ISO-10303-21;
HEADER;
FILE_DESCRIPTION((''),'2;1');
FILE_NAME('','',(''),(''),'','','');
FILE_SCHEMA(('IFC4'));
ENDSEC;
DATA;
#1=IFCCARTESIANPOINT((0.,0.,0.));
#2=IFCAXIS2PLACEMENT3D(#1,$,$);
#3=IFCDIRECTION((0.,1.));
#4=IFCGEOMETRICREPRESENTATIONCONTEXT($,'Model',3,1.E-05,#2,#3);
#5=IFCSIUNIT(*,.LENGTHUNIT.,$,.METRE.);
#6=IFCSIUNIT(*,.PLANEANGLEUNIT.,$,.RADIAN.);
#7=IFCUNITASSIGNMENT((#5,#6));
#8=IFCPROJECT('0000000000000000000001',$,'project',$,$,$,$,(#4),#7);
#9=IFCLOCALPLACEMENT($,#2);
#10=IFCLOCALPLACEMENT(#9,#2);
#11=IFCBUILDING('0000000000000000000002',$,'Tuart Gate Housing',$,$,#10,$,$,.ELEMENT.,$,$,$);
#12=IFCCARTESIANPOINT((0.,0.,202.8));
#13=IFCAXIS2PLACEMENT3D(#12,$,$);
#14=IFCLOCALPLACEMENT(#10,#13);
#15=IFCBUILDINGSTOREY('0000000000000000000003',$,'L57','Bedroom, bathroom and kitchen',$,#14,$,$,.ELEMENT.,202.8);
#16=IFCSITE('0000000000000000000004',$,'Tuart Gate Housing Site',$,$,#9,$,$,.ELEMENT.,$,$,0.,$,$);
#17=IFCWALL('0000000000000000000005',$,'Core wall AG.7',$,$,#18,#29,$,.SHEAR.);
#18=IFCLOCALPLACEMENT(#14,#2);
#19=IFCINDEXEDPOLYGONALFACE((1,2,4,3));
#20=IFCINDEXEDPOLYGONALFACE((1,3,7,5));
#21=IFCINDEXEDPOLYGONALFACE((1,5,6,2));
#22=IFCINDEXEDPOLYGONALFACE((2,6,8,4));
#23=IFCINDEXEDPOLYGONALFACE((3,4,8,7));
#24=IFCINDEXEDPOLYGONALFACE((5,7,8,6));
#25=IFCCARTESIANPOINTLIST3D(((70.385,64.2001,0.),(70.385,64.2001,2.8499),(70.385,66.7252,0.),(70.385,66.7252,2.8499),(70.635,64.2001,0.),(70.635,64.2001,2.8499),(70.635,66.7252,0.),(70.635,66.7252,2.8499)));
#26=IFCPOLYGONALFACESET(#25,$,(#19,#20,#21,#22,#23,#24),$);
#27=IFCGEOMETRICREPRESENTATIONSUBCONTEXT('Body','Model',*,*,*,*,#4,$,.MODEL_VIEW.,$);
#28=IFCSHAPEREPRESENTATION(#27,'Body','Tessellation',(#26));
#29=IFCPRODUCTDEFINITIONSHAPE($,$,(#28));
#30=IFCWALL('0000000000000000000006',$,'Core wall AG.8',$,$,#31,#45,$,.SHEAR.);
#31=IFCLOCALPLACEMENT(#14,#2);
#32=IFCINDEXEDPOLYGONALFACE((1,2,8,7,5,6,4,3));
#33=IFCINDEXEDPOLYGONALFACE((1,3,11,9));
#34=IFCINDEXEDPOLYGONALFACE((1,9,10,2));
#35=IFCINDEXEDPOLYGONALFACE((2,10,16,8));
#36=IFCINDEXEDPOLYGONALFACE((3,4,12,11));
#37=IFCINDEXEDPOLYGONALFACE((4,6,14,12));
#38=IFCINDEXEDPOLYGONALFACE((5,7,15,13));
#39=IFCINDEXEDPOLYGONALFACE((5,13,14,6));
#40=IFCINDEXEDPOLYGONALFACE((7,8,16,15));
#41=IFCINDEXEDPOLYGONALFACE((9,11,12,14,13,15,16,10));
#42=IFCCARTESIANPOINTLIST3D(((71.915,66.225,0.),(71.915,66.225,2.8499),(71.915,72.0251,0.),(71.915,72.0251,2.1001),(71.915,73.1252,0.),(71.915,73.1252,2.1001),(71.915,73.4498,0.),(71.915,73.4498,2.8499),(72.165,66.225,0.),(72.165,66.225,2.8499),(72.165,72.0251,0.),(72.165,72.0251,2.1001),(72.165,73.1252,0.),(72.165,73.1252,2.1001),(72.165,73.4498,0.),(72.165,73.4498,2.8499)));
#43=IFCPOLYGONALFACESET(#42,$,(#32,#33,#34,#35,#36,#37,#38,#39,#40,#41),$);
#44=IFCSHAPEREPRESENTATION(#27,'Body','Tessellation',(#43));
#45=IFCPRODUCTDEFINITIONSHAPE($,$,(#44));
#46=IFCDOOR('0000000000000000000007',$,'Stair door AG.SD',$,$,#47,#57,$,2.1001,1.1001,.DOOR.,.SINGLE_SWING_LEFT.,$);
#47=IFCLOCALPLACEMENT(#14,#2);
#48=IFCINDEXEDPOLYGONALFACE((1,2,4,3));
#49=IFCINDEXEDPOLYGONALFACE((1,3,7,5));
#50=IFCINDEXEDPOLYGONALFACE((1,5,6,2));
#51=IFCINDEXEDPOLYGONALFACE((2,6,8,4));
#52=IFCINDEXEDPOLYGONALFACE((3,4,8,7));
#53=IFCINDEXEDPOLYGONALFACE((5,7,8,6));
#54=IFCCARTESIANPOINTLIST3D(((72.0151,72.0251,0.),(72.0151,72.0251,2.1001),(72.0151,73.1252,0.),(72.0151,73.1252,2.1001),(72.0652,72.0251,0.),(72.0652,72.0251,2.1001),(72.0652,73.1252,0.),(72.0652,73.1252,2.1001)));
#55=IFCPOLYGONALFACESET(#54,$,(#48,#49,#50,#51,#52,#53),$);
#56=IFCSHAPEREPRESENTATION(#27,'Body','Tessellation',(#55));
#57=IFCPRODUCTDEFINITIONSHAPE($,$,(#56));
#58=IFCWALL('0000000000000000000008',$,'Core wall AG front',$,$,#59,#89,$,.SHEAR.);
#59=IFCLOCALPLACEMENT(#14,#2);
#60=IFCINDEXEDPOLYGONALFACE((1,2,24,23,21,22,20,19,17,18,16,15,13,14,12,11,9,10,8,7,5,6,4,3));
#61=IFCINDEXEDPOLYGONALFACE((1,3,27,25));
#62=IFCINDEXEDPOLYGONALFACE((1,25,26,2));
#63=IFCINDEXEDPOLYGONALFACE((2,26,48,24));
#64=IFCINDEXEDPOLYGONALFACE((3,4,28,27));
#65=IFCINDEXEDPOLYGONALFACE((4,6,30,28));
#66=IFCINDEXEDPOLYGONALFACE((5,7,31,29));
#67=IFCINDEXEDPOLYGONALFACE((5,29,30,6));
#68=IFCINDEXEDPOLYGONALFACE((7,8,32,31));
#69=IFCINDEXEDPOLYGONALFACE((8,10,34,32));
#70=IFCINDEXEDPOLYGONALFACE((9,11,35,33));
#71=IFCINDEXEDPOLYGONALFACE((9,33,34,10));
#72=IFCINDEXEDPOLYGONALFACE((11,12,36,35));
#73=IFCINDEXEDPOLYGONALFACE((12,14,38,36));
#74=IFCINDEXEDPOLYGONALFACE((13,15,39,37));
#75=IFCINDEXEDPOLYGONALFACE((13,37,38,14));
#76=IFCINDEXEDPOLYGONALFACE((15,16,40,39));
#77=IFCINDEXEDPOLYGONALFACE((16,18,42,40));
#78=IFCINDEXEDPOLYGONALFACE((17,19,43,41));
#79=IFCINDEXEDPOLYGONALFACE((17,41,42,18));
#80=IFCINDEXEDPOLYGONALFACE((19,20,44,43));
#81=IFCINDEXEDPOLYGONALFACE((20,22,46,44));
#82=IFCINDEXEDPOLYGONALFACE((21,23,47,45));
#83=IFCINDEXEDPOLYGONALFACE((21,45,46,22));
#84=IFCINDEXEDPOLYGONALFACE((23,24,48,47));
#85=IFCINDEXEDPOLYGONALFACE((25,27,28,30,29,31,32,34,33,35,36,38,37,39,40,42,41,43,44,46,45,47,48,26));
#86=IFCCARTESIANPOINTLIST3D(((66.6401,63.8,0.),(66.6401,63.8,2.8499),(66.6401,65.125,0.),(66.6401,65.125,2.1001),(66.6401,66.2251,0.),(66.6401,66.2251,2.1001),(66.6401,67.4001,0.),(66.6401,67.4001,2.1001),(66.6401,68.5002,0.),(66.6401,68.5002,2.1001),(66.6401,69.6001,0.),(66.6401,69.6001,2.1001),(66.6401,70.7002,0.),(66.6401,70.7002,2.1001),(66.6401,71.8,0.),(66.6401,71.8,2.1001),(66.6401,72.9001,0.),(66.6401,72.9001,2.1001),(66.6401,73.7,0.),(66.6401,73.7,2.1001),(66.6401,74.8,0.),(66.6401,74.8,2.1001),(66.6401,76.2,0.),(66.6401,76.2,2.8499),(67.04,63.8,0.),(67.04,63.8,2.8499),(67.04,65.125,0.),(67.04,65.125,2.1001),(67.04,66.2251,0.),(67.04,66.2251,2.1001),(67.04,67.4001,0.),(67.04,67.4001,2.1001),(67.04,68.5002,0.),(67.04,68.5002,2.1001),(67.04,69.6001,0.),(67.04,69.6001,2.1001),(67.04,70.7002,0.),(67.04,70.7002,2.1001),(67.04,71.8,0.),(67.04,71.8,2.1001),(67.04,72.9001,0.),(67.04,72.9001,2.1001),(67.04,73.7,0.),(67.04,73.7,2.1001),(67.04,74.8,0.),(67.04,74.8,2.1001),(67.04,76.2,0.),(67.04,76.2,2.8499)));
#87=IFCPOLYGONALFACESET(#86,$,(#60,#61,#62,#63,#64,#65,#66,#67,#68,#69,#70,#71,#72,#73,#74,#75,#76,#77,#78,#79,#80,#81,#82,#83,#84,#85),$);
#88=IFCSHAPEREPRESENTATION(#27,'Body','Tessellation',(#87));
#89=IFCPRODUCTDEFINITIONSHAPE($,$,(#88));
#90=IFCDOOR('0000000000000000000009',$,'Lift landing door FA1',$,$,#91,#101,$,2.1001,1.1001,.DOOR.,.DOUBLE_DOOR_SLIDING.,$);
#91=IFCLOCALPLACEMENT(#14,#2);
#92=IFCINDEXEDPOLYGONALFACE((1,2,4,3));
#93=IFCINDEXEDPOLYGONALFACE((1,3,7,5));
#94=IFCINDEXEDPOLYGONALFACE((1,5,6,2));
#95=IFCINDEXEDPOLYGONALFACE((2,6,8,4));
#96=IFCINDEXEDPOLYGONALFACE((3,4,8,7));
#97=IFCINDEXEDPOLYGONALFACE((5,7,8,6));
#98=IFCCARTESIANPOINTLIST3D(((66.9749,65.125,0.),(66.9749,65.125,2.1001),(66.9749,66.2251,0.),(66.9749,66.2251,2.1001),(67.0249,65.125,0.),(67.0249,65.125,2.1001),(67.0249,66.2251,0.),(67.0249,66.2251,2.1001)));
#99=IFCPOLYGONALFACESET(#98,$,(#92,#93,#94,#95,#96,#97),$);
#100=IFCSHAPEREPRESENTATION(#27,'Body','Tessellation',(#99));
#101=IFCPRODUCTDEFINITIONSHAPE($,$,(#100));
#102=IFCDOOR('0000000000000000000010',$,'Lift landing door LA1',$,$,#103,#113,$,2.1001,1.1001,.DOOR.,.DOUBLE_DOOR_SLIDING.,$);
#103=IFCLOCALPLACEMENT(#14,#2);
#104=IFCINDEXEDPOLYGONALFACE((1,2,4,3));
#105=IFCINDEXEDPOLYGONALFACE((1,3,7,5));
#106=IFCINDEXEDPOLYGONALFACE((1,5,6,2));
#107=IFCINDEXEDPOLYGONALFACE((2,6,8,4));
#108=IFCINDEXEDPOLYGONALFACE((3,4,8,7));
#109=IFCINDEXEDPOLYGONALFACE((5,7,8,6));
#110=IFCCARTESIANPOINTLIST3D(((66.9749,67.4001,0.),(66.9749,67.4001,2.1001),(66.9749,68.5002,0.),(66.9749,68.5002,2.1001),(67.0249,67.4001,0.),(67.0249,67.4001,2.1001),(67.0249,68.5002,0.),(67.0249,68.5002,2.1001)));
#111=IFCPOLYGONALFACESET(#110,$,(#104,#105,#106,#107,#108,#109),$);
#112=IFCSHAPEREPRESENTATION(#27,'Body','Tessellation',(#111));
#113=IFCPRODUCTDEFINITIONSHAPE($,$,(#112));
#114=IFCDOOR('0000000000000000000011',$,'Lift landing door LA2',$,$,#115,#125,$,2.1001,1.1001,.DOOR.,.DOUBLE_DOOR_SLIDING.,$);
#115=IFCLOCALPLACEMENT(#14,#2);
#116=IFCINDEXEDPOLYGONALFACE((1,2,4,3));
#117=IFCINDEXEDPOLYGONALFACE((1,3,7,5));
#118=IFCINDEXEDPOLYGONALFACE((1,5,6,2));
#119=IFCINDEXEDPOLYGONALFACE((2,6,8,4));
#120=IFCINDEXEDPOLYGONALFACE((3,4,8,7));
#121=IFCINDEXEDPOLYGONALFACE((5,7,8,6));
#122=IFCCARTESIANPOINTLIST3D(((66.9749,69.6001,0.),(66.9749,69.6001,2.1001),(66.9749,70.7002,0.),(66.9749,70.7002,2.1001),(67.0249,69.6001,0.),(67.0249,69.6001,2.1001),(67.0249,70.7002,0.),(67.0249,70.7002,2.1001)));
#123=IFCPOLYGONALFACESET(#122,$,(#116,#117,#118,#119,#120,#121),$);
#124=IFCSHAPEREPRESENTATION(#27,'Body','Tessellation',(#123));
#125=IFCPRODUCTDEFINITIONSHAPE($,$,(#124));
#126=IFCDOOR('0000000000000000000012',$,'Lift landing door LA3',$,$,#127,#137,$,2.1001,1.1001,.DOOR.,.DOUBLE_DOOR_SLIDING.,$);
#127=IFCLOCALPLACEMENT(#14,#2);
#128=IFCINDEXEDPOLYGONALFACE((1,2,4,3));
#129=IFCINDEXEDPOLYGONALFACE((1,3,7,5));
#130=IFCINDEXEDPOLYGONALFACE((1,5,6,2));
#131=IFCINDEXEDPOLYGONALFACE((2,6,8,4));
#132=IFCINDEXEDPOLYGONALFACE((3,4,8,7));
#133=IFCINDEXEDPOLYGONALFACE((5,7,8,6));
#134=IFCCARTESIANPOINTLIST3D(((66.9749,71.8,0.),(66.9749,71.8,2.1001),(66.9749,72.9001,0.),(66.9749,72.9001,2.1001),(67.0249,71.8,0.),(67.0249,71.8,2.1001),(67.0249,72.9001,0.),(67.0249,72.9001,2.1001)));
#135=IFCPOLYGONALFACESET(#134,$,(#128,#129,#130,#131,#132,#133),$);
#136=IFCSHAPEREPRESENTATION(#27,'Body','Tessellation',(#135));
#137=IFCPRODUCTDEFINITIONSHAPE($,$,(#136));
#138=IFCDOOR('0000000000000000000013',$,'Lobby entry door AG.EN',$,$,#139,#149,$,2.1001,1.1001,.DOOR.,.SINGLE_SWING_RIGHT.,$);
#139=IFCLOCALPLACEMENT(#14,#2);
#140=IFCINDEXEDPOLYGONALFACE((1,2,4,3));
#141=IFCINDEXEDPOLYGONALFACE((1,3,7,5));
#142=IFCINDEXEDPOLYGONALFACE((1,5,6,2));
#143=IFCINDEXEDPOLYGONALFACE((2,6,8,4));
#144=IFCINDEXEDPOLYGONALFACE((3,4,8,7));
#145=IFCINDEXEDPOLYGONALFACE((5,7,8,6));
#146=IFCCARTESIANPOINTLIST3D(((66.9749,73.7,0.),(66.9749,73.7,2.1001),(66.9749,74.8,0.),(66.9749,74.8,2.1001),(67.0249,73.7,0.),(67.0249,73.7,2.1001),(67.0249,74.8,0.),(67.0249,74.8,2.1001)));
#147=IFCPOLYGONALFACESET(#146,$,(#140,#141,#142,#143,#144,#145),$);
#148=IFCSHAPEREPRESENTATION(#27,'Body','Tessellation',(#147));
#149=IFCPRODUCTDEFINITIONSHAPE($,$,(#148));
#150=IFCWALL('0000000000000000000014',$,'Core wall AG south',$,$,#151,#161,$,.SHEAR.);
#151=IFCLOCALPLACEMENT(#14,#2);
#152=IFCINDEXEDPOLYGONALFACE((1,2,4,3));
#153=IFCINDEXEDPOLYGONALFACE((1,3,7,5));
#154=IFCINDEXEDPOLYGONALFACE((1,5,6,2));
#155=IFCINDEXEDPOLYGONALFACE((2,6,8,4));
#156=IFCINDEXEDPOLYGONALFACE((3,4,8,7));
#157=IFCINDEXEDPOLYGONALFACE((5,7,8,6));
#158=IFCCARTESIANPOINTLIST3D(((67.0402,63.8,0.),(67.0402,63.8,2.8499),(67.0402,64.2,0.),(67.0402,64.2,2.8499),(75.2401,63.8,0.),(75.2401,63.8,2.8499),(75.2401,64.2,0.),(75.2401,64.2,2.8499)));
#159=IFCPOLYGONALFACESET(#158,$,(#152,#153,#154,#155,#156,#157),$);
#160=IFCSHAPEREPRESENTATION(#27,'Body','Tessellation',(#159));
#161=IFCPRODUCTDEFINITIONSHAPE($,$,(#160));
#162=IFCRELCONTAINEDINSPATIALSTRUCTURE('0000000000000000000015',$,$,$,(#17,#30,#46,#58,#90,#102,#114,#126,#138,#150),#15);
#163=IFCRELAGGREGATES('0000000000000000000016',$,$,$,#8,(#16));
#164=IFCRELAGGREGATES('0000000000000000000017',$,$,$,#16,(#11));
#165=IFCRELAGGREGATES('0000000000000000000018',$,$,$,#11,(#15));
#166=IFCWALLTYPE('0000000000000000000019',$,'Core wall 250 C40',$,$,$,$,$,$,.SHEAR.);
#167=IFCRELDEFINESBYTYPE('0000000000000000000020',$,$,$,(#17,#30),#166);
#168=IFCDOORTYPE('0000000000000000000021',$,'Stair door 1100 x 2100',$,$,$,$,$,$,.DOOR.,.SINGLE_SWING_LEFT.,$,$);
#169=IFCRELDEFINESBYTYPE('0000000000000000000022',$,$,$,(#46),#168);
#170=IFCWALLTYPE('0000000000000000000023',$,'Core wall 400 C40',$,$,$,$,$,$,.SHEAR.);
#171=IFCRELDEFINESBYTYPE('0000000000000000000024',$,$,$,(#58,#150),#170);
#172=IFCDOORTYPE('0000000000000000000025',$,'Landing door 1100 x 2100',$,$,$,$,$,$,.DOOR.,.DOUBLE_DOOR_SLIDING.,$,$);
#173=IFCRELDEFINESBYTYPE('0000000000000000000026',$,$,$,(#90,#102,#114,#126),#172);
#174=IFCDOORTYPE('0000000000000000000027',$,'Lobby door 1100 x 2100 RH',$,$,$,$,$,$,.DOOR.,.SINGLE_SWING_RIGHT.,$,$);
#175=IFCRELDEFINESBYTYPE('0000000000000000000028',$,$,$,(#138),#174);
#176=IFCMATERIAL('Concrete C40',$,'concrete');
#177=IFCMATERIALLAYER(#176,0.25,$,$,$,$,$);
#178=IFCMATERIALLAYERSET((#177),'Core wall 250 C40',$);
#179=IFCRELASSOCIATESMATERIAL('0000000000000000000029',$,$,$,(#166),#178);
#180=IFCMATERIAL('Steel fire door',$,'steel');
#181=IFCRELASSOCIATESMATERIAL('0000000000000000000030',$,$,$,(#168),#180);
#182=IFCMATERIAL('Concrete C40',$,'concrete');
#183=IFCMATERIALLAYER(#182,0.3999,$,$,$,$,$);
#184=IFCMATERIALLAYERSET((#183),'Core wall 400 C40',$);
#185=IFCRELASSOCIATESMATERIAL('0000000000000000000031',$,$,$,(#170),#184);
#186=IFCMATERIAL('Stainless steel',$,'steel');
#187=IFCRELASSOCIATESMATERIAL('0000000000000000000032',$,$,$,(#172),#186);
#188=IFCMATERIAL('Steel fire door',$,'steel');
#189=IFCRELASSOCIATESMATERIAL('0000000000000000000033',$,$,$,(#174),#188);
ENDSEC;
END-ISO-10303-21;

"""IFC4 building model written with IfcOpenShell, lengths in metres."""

from ifc_helpers import new_model, si_unit, direction, frame, frame_2d, origin, place, context, subcontext, project, spatial, rectangle, extrude, material, layer, layer_set, type_object, element, fill, save


model = new_model("IFC4")

# Units and contexts
model_context = context("Model", 3, precision=1e-05, world=origin(), true_north=direction((0.0, 1.0)))
body_context = subcontext(model_context, "Body", "Model", "MODEL_VIEW")
ifc_project = project(units=[si_unit("LENGTHUNIT", "METRE"), si_unit("PLANEANGLEUNIT", "RADIAN")], contexts=[model_context])

# Site, building, storey
site_placement = place(None, origin())
site = spatial("IfcSite", under=ifc_project, at=site_placement, Name="Tuart Gate Housing Site", CompositionType="ELEMENT", RefElevation=0.0)
building_placement = place(site_placement, origin())
building = spatial("IfcBuilding", under=site, at=building_placement, Name="Tuart Gate Housing", CompositionType="ELEMENT")
storey_placement = place(building_placement, frame((0.0, 0.0, 202.8)))
storey = spatial("IfcBuildingStorey", under=building, at=storey_placement, Name="L57", Description="Bedroom, bathroom and kitchen", CompositionType="ELEMENT", Elevation=202.8)

# Wall
ifc_material_1 = material(Name="Concrete C40", Category="concrete")
ifc_layer_1 = layer(ifc_material_1, 0.25)
ifc_layer_set_1 = layer_set([ifc_layer_1], Name="Core wall 250 C40")
wall_type_1 = type_object("IfcWallType", Name="Core wall 250 C40", PredefinedType="SHEAR", material=ifc_layer_set_1)
wall_1_placement = place(storey_placement, frame((70.51, 64.2, 0.0), z_axis=(0.0, 0.0, 1.0), x_axis=(0.0, 1.0, 0.0)))
element("IfcWall", 1, at=wall_1_placement, inside=storey, type_object=wall_type_1, Name="Core wall AG.7", PredefinedType="SHEAR", context=body_context, shape_type="SweptSolid", body=[
    extrude(rectangle(XDim=2.5251, YDim=0.25, at=frame_2d((1.2627, 0.0))), origin(), (0.0, 0.0, 1.0), 2.8499),
])

# Wall, opening, door
wall_2_placement = place(storey_placement, frame((72.04, 66.2251, 0.0), z_axis=(0.0, 0.0, 1.0), x_axis=(0.0, 1.0, 0.0)))
wall_2 = element("IfcWall", 2, at=wall_2_placement, inside=storey, type_object=wall_type_1, Name="Core wall AG.8", PredefinedType="SHEAR", context=body_context, shape_type="SweptSolid", body=[
    extrude(rectangle(XDim=7.2249, YDim=0.25, at=frame_2d((3.6123, 0.0))), origin(), (0.0, 0.0, 1.0), 2.8499),
])
opening_1_placement = place(wall_2_placement, frame((5.8, 0.0, 0.0)))
opening_1 = element("IfcOpeningElement", 3, at=opening_1_placement, cuts=wall_2, PredefinedType="OPENING", context=body_context, shape_type="SweptSolid", body=[
    extrude(rectangle(XDim=1.1001, YDim=2.1001, at=frame_2d((0.55, 1.05))), frame((0.0, 0.135, 0.0), z_axis=(0.0, -1.0, 0.0), x_axis=(1.0, 0.0, 0.0)), (0.0, 0.0, 1.0), 0.27),
])
ifc_material_2 = material(Name="Steel fire door", Category="steel")
door_type_1 = type_object("IfcDoorType", Name="Stair door 1100 x 2100", OperationType="SINGLE_SWING_LEFT", PredefinedType="DOOR", material=ifc_material_2)
door_1_placement = place(opening_1_placement, frame((1.1001, 0.0, 0.0), z_axis=(0.0, 0.0, 1.0), x_axis=(-1.0, 0.0, 0.0)))
door_1 = element("IfcDoor", 4, at=door_1_placement, inside=storey, type_object=door_type_1, Name="Stair door AG.SD", OperationType="SINGLE_SWING_LEFT", OverallHeight=2.1001, OverallWidth=1.1001, PredefinedType="DOOR", context=body_context, shape_type="SweptSolid", body=[
    extrude(rectangle(XDim=1.1001, YDim=2.1001, at=frame_2d((0.55, 1.05))), frame((0.0, 0.0251, 0.0), z_axis=(0.0, -1.0, 0.0), x_axis=(1.0, 0.0, 0.0)), (0.0, 0.0, 1.0), 0.05),
])
fill(opening_1, door_1)

# Wall, openings, doors
ifc_material_3 = material(Name="Concrete C40", Category="concrete")
ifc_layer_2 = layer(ifc_material_3, 0.3999)
ifc_layer_set_2 = layer_set([ifc_layer_2], Name="Core wall 400 C40")
wall_type_2 = type_object("IfcWallType", Name="Core wall 400 C40", PredefinedType="SHEAR", material=ifc_layer_set_2)
wall_3_placement = place(storey_placement, frame((66.8401, 63.8, 0.0), z_axis=(0.0, 0.0, 1.0), x_axis=(0.0, 1.0, 0.0)))
wall_3 = element("IfcWall", 5, at=wall_3_placement, inside=storey, type_object=wall_type_2, Name="Core wall AG front", PredefinedType="SHEAR", context=body_context, shape_type="SweptSolid", body=[
    extrude(rectangle(XDim=12.3999, YDim=0.3999, at=frame_2d((6.2, 0.0))), origin(), (0.0, 0.0, 1.0), 2.8499),
])
opening_2_placement = place(wall_3_placement, frame((1.325, 0.0, 0.0)))
opening_2 = element("IfcOpeningElement", 6, at=opening_2_placement, cuts=wall_3, PredefinedType="OPENING", context=body_context, shape_type="SweptSolid", body=[
    extrude(rectangle(XDim=1.1001, YDim=2.1001, at=frame_2d((0.55, 1.05))), frame((0.0, 0.21, 0.0), z_axis=(0.0, -1.0, 0.0), x_axis=(1.0, 0.0, 0.0)), (0.0, 0.0, 1.0), 0.4199),
])
opening_3_placement = place(wall_3_placement, frame((3.6001, 0.0, 0.0)))
opening_3 = element("IfcOpeningElement", 7, at=opening_3_placement, cuts=wall_3, PredefinedType="OPENING", context=body_context, shape_type="SweptSolid", body=[
    extrude(rectangle(XDim=1.1001, YDim=2.1001, at=frame_2d((0.55, 1.05))), frame((0.0, 0.21, 0.0), z_axis=(0.0, -1.0, 0.0), x_axis=(1.0, 0.0, 0.0)), (0.0, 0.0, 1.0), 0.4199),
])
opening_4_placement = place(wall_3_placement, frame((5.8, 0.0, 0.0)))
opening_4 = element("IfcOpeningElement", 8, at=opening_4_placement, cuts=wall_3, PredefinedType="OPENING", context=body_context, shape_type="SweptSolid", body=[
    extrude(rectangle(XDim=1.1001, YDim=2.1001, at=frame_2d((0.55, 1.05))), frame((0.0, 0.21, 0.0), z_axis=(0.0, -1.0, 0.0), x_axis=(1.0, 0.0, 0.0)), (0.0, 0.0, 1.0), 0.4199),
])
opening_5_placement = place(wall_3_placement, frame((8.0, 0.0, 0.0)))
opening_5 = element("IfcOpeningElement", 9, at=opening_5_placement, cuts=wall_3, PredefinedType="OPENING", context=body_context, shape_type="SweptSolid", body=[
    extrude(rectangle(XDim=1.1001, YDim=2.1001, at=frame_2d((0.55, 1.05))), frame((0.0, 0.21, 0.0), z_axis=(0.0, -1.0, 0.0), x_axis=(1.0, 0.0, 0.0)), (0.0, 0.0, 1.0), 0.4199),
])
opening_6_placement = place(wall_3_placement, frame((9.8999, 0.0, 0.0)))
opening_6 = element("IfcOpeningElement", 10, at=opening_6_placement, cuts=wall_3, PredefinedType="OPENING", context=body_context, shape_type="SweptSolid", body=[
    extrude(rectangle(XDim=1.1001, YDim=2.1001, at=frame_2d((0.55, 1.05))), frame((0.0, 0.21, 0.0), z_axis=(0.0, -1.0, 0.0), x_axis=(1.0, 0.0, 0.0)), (0.0, 0.0, 1.0), 0.4199),
])
ifc_material_4 = material(Name="Stainless steel", Category="steel")
door_type_2 = type_object("IfcDoorType", Name="Landing door 1100 x 2100", OperationType="DOUBLE_DOOR_SLIDING", PredefinedType="DOOR", material=ifc_material_4)
door_2_placement = place(opening_2_placement, origin())
door_2 = element("IfcDoor", 11, at=door_2_placement, inside=storey, type_object=door_type_2, Name="Lift landing door FA1", OperationType="DOUBLE_DOOR_SLIDING", OverallHeight=2.1001, OverallWidth=1.1001, PredefinedType="DOOR", context=body_context, shape_type="SweptSolid", body=[
    extrude(rectangle(XDim=1.1001, YDim=2.1001, at=frame_2d((0.55, 1.05))), frame((0.0, -0.1348, 0.0), z_axis=(0.0, -1.0, 0.0), x_axis=(1.0, 0.0, 0.0)), (0.0, 0.0, 1.0), 0.05),
])
fill(opening_2, door_2)
door_3_placement = place(opening_3_placement, origin())
door_3 = element("IfcDoor", 12, at=door_3_placement, inside=storey, type_object=door_type_2, Name="Lift landing door LA1", OperationType="DOUBLE_DOOR_SLIDING", OverallHeight=2.1001, OverallWidth=1.1001, PredefinedType="DOOR", context=body_context, shape_type="SweptSolid", body=[
    extrude(rectangle(XDim=1.1001, YDim=2.1001, at=frame_2d((0.55, 1.05))), frame((0.0, -0.1348, 0.0), z_axis=(0.0, -1.0, 0.0), x_axis=(1.0, 0.0, 0.0)), (0.0, 0.0, 1.0), 0.05),
])
fill(opening_3, door_3)
door_4_placement = place(opening_4_placement, origin())
door_4 = element("IfcDoor", 13, at=door_4_placement, inside=storey, type_object=door_type_2, Name="Lift landing door LA2", OperationType="DOUBLE_DOOR_SLIDING", OverallHeight=2.1001, OverallWidth=1.1001, PredefinedType="DOOR", context=body_context, shape_type="SweptSolid", body=[
    extrude(rectangle(XDim=1.1001, YDim=2.1001, at=frame_2d((0.55, 1.05))), frame((0.0, -0.1348, 0.0), z_axis=(0.0, -1.0, 0.0), x_axis=(1.0, 0.0, 0.0)), (0.0, 0.0, 1.0), 0.05),
])
fill(opening_4, door_4)
door_5_placement = place(opening_5_placement, origin())
door_5 = element("IfcDoor", 14, at=door_5_placement, inside=storey, type_object=door_type_2, Name="Lift landing door LA3", OperationType="DOUBLE_DOOR_SLIDING", OverallHeight=2.1001, OverallWidth=1.1001, PredefinedType="DOOR", context=body_context, shape_type="SweptSolid", body=[
    extrude(rectangle(XDim=1.1001, YDim=2.1001, at=frame_2d((0.55, 1.05))), frame((0.0, -0.1348, 0.0), z_axis=(0.0, -1.0, 0.0), x_axis=(1.0, 0.0, 0.0)), (0.0, 0.0, 1.0), 0.05),
])
fill(opening_5, door_5)
ifc_material_5 = material(Name="Steel fire door", Category="steel")
door_type_3 = type_object("IfcDoorType", Name="Lobby door 1100 x 2100 RH", OperationType="SINGLE_SWING_RIGHT", PredefinedType="DOOR", material=ifc_material_5)
door_6_placement = place(opening_6_placement, frame((1.1001, 0.0, 0.0), z_axis=(0.0, 0.0, 1.0), x_axis=(-1.0, 0.0, 0.0)))
door_6 = element("IfcDoor", 15, at=door_6_placement, inside=storey, type_object=door_type_3, Name="Lobby entry door AG.EN", OperationType="SINGLE_SWING_RIGHT", OverallHeight=2.1001, OverallWidth=1.1001, PredefinedType="DOOR", context=body_context, shape_type="SweptSolid", body=[
    extrude(rectangle(XDim=1.1001, YDim=2.1001, at=frame_2d((0.55, 1.05))), frame((0.0, 0.1848, 0.0), z_axis=(0.0, -1.0, 0.0), x_axis=(1.0, 0.0, 0.0)), (0.0, 0.0, 1.0), 0.05),
])
fill(opening_6, door_6)

# Wall
wall_4_placement = place(storey_placement, frame((67.04, 64.0, 0.0), z_axis=(0.0, 0.0, 1.0), x_axis=(1.0, 0.0, 0.0)))
element("IfcWall", 16, at=wall_4_placement, inside=storey, type_object=wall_type_2, Name="Core wall AG south", PredefinedType="SHEAR", context=body_context, shape_type="SweptSolid", body=[
    extrude(rectangle(XDim=8.2, YDim=0.3999, at=frame_2d((4.1001, 0.0))), origin(), (0.0, 0.0, 1.0), 2.8499),
])

save(model, "model.ifc")
